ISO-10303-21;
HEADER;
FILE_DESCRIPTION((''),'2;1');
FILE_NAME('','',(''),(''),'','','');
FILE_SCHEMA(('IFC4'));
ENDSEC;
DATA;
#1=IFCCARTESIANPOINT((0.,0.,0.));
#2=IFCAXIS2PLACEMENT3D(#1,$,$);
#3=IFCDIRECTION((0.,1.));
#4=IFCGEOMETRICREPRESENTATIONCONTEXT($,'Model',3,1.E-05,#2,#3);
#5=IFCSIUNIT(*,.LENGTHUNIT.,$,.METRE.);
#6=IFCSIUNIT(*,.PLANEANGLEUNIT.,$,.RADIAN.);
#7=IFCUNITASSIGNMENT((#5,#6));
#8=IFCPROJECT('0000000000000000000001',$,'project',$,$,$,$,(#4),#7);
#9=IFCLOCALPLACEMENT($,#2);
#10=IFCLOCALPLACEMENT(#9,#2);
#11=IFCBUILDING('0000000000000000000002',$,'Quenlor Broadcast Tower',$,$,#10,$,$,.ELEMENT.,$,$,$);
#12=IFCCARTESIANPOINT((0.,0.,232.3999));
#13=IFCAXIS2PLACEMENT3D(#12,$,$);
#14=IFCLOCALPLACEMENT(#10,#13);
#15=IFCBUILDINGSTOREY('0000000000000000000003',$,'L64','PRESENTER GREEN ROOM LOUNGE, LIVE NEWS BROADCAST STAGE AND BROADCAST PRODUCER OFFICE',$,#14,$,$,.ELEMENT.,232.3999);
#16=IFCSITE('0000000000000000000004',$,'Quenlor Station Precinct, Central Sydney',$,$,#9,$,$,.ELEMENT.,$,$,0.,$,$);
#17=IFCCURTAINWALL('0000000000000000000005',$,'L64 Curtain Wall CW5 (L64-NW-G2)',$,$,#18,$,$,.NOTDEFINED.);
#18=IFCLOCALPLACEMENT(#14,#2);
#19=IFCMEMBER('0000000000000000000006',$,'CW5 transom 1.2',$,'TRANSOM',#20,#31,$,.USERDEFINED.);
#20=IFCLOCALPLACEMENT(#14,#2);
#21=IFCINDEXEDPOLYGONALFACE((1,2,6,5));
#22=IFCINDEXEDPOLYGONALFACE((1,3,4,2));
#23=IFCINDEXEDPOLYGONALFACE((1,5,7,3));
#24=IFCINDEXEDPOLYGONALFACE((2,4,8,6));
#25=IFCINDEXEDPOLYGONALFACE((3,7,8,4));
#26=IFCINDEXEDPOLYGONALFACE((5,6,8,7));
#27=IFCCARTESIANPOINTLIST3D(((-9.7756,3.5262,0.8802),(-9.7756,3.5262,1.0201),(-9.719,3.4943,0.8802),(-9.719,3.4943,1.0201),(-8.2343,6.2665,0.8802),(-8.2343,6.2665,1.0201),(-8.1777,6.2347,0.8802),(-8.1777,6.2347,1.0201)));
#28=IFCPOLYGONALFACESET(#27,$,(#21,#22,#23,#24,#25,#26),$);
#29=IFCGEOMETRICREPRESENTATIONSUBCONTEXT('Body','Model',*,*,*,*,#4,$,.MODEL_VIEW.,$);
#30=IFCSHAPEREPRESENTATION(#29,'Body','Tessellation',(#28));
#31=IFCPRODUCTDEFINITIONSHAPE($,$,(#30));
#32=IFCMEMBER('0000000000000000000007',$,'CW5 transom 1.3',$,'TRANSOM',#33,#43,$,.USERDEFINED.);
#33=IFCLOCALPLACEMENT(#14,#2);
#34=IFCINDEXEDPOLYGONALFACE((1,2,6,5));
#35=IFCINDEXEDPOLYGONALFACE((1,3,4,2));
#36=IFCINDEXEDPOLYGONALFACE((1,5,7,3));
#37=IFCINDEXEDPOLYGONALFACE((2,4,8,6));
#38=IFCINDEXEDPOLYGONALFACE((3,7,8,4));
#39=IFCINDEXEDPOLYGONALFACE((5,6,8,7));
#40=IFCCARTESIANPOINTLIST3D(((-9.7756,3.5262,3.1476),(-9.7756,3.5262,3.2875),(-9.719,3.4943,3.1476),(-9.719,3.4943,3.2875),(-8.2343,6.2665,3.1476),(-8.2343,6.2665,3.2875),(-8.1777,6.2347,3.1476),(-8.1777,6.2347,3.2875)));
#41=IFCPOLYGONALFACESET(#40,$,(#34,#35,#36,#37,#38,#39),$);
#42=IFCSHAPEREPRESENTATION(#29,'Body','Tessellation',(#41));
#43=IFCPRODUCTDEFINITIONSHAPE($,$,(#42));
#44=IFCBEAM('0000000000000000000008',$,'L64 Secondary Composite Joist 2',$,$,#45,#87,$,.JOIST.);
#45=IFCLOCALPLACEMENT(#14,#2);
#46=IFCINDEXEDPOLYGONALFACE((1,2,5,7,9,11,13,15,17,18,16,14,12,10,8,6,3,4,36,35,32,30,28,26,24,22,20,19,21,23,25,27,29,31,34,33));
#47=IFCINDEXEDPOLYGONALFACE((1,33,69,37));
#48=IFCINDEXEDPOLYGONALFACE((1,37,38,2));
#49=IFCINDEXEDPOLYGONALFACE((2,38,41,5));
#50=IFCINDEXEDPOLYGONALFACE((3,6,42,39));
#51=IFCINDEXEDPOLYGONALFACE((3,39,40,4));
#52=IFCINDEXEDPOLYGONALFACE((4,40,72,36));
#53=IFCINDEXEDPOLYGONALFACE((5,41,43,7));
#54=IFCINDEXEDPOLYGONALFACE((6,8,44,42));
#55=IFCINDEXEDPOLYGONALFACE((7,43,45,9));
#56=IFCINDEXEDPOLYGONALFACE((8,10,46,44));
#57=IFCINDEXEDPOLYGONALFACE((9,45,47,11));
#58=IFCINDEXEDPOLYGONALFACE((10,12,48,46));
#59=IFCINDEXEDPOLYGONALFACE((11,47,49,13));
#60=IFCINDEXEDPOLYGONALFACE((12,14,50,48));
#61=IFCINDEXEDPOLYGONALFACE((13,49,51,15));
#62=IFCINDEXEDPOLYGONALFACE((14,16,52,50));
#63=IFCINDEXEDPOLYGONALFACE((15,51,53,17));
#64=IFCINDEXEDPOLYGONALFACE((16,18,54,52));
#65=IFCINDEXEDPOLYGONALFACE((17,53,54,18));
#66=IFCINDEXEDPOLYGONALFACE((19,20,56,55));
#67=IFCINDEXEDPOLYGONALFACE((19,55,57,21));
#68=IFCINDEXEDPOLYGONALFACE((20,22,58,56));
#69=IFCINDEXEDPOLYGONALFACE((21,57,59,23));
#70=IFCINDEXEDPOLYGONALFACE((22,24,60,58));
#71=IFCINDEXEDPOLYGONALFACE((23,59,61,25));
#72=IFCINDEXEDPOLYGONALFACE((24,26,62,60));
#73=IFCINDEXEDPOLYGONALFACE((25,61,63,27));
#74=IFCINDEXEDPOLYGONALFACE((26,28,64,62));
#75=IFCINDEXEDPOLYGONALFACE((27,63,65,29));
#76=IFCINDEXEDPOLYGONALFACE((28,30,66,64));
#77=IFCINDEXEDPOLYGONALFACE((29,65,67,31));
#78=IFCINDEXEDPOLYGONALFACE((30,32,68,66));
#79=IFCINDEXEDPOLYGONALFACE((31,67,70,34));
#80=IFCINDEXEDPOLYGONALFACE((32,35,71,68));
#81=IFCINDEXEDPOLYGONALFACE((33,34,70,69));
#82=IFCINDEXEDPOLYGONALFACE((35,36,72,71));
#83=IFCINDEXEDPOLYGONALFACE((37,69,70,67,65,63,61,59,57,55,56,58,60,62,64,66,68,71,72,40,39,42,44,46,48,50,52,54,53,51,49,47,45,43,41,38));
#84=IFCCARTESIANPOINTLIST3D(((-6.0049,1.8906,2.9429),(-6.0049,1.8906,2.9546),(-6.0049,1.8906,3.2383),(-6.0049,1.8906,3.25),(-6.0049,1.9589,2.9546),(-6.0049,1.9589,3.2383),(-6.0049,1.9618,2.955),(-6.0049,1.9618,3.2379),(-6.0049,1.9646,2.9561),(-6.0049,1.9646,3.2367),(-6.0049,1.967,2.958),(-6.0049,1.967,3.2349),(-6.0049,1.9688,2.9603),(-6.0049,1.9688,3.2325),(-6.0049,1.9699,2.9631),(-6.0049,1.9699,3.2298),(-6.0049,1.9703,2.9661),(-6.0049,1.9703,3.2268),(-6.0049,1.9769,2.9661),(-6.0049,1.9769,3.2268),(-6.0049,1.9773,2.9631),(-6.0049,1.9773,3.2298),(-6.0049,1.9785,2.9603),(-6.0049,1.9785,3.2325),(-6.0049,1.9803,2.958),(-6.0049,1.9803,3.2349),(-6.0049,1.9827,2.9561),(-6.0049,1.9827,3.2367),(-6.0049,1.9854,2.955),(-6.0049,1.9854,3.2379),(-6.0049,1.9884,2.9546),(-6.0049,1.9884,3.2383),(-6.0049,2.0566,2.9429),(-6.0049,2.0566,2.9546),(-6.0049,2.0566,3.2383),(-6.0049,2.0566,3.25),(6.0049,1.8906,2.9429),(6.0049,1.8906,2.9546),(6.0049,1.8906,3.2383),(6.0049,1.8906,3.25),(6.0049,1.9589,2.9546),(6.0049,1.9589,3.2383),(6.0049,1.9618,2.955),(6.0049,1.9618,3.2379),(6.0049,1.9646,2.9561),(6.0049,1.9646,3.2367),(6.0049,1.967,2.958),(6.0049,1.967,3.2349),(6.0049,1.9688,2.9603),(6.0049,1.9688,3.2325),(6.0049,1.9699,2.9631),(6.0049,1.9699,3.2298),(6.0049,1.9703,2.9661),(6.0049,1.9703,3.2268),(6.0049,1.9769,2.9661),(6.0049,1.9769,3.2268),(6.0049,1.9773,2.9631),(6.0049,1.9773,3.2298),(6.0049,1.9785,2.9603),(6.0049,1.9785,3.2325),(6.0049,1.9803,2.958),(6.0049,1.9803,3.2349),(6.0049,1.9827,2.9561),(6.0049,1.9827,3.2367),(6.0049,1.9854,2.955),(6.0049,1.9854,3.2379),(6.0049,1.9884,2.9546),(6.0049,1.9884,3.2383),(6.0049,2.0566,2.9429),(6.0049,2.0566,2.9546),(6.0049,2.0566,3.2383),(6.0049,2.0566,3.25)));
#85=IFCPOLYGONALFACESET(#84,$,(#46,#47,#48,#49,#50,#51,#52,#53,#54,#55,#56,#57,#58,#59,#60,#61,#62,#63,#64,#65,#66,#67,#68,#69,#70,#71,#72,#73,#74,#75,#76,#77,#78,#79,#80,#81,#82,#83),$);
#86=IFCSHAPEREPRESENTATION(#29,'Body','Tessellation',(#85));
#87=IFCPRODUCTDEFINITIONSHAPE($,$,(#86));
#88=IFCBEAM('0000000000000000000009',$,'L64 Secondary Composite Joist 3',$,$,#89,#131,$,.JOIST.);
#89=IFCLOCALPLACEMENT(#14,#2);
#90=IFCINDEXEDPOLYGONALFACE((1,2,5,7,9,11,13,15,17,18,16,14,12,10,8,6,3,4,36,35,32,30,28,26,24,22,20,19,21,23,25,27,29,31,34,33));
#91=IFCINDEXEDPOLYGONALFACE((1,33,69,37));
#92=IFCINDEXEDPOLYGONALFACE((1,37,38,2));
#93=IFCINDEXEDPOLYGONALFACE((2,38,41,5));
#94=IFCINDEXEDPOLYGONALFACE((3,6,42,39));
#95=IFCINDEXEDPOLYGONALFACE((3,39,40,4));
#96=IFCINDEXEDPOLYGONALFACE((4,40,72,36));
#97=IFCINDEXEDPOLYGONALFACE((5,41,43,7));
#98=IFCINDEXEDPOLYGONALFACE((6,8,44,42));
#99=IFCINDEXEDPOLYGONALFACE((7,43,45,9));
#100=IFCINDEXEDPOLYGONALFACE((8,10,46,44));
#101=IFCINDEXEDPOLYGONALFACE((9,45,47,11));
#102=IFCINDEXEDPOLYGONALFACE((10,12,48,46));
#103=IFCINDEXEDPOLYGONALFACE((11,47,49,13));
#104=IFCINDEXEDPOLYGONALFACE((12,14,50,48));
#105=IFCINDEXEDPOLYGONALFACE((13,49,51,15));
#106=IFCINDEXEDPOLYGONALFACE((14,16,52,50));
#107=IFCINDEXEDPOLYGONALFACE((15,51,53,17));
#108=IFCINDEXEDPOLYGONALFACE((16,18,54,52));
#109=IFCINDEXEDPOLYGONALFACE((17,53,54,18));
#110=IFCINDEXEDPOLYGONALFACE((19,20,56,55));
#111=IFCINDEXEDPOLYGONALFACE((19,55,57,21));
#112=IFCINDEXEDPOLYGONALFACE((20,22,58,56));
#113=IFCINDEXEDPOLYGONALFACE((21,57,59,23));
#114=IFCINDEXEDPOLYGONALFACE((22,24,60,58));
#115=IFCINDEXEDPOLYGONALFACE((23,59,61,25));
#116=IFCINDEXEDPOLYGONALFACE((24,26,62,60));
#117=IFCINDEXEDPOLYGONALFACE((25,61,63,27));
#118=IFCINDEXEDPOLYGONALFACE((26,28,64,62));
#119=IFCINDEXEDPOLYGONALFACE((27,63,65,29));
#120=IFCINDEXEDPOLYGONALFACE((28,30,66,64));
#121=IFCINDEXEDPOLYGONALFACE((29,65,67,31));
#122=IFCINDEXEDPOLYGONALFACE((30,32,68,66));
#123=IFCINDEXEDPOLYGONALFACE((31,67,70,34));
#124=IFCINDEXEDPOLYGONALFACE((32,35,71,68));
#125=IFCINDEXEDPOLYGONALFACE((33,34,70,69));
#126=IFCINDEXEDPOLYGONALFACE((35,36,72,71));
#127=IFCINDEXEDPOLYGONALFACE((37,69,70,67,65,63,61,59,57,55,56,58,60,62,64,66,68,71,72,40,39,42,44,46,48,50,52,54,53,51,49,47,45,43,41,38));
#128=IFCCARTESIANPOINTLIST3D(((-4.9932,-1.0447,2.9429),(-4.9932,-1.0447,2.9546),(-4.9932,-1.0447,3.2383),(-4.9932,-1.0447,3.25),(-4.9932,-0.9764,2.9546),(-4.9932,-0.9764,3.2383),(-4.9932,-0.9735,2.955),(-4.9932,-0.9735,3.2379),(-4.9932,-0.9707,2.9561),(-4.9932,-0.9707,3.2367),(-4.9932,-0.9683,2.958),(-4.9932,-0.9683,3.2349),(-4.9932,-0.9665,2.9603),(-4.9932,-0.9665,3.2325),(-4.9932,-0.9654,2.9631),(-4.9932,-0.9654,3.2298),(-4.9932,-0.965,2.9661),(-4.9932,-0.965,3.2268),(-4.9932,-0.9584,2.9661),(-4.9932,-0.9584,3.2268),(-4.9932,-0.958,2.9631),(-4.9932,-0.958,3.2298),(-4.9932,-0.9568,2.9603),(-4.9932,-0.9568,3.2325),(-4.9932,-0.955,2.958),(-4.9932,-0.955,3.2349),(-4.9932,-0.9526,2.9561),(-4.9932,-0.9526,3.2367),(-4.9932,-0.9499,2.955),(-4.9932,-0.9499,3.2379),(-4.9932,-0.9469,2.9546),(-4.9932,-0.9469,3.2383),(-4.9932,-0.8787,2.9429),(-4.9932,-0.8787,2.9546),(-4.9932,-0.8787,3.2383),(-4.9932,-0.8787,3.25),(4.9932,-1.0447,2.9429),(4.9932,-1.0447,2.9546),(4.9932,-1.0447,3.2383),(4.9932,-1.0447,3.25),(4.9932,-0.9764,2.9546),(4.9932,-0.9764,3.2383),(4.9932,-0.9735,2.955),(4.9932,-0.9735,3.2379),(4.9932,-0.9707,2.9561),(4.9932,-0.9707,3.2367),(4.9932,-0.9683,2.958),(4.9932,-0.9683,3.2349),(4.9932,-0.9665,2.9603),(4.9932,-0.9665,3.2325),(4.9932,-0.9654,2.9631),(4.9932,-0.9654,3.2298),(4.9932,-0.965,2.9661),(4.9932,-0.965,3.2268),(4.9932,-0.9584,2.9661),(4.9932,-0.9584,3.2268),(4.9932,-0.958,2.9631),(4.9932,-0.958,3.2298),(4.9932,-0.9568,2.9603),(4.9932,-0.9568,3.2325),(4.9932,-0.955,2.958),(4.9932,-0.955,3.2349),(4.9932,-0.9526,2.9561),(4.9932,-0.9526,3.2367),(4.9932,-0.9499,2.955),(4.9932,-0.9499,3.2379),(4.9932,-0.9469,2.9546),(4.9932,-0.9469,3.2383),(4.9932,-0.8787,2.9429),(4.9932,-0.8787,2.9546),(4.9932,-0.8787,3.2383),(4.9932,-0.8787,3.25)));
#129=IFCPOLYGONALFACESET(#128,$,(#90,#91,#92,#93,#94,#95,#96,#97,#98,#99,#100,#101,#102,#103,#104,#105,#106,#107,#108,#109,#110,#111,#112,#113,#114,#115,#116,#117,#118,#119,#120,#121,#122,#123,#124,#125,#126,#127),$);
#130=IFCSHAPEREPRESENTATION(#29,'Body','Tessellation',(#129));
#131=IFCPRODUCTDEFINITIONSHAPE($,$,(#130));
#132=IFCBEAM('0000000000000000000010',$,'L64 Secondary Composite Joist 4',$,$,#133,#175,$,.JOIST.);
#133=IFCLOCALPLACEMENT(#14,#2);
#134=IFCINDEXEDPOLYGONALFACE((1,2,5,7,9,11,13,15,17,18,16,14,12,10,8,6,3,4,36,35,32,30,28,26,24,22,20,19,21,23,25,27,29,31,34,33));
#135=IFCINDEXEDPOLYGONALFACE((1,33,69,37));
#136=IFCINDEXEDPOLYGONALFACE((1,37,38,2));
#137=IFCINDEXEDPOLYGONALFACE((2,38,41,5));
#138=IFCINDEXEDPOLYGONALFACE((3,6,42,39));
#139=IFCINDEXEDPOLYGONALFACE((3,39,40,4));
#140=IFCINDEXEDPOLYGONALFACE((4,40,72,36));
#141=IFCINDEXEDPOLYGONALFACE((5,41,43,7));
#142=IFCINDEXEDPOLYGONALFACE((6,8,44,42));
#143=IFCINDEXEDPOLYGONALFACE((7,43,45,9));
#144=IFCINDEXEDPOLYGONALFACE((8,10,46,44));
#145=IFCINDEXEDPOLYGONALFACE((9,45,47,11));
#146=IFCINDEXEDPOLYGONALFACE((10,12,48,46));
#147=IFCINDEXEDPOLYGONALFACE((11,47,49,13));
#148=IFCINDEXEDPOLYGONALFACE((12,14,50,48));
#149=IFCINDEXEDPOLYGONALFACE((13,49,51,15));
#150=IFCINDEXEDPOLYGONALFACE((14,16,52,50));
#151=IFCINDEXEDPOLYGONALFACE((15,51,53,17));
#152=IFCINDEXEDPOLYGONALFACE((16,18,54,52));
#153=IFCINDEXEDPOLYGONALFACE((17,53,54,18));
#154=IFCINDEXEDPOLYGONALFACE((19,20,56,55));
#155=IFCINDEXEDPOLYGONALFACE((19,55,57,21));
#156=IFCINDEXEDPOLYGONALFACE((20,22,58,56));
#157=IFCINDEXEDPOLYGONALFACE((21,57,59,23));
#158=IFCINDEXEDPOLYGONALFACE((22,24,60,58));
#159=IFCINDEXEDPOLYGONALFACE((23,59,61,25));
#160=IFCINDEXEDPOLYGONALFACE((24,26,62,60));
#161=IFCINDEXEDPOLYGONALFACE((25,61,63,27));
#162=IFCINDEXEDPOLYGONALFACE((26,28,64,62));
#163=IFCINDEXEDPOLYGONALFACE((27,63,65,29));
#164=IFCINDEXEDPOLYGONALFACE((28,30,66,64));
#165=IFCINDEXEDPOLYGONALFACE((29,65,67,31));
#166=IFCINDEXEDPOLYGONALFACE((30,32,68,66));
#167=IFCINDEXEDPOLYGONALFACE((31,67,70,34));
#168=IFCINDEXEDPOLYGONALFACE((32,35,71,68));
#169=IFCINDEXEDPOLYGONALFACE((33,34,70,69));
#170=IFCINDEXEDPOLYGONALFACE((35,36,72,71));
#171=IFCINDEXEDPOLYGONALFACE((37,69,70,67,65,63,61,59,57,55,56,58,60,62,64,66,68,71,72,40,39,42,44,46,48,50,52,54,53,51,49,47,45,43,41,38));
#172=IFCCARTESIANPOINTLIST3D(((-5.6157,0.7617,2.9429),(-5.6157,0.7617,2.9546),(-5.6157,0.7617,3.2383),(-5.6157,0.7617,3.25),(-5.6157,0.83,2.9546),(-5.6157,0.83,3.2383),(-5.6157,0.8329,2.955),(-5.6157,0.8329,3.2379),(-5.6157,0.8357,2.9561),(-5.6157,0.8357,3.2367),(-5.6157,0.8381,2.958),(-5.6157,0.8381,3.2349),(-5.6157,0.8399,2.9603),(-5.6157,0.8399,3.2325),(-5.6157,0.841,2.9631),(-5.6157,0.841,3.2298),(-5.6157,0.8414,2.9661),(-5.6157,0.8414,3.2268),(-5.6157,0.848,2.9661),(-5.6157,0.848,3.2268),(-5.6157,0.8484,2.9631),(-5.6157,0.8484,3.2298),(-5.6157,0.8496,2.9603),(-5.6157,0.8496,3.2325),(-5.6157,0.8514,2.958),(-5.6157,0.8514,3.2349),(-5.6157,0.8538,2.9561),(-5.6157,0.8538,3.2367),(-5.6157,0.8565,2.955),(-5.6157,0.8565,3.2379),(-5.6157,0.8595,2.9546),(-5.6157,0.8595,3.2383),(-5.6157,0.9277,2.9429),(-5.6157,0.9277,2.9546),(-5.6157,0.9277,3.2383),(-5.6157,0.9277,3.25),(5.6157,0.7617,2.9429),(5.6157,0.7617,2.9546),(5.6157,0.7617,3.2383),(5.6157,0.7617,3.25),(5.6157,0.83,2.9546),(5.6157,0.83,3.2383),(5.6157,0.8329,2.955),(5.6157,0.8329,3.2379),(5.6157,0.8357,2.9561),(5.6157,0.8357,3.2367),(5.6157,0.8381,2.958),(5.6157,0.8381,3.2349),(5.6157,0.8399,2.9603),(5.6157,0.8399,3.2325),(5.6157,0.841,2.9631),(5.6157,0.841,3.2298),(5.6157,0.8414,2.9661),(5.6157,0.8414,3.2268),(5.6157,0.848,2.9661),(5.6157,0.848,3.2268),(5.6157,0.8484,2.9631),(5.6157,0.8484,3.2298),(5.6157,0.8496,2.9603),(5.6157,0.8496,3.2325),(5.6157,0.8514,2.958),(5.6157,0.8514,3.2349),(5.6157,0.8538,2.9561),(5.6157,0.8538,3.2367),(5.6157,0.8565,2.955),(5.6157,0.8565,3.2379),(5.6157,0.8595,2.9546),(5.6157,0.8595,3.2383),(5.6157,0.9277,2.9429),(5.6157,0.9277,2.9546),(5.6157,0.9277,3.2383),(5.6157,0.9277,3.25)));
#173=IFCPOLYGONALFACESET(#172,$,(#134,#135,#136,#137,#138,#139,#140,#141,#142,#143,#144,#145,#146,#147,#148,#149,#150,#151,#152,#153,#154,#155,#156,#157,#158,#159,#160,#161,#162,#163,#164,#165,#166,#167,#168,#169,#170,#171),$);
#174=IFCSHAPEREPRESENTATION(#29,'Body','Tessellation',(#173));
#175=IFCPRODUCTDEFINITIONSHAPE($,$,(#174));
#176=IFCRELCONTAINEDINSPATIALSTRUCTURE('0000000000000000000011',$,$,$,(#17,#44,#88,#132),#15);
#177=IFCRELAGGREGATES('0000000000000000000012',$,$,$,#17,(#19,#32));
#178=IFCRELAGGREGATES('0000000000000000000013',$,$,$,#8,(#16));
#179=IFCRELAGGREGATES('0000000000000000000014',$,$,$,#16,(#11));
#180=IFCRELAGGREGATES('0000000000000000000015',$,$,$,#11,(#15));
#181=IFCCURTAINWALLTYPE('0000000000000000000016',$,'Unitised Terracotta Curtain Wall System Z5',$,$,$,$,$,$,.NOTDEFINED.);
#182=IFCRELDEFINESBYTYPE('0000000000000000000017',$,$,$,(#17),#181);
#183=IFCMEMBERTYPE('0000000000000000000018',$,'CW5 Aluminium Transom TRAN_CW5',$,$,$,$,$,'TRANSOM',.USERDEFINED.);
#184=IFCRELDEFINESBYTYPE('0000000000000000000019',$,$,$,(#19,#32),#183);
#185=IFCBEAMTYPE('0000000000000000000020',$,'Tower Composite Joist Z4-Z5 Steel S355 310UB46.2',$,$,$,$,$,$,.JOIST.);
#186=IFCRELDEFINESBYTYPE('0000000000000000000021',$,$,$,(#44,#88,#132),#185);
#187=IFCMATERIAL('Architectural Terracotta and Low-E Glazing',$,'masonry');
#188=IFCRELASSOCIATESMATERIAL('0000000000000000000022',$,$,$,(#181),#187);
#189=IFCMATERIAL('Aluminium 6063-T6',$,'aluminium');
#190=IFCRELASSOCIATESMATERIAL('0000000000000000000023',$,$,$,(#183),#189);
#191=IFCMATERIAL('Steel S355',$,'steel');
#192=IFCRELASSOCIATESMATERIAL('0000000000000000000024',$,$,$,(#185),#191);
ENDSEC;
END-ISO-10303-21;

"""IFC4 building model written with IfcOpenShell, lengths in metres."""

from ifc_helpers import new_model, si_unit, direction, frame, origin, origin_2d, place, context, subcontext, project, spatial, rectangle, i_section, extrude, material, material_profile, profile_set, type_object, element, aggregate, save


model = new_model("IFC4")

# Units and contexts
model_context = context("Model", 3, precision=1e-05, world=origin(), true_north=direction((0.0, 1.0)))
body_context = subcontext(model_context, "Body", "Model", "MODEL_VIEW")
ifc_project = project(units=[si_unit("LENGTHUNIT", "METRE"), si_unit("PLANEANGLEUNIT", "RADIAN")], contexts=[model_context])

# Site, building, storey
site_placement = place(None, origin())
site = spatial("IfcSite", under=ifc_project, at=site_placement, Name="Quenlor Station Precinct, Central Sydney", CompositionType="ELEMENT", RefElevation=0.0)
building_placement = place(site_placement, origin())
building = spatial("IfcBuilding", under=site, at=building_placement, Name="Quenlor Broadcast Tower", CompositionType="ELEMENT")
storey_placement = place(building_placement, frame((0.0, 0.0, 232.3999)))
storey = spatial("IfcBuildingStorey", under=building, at=storey_placement, Name="L64", Description="PRESENTER GREEN ROOM LOUNGE, LIVE NEWS BROADCAST STAGE AND BROADCAST PRODUCER OFFICE", CompositionType="ELEMENT", Elevation=232.3999)

# Curtain wall, members
ifc_material_1 = material(Name="Architectural Terracotta and Low-E Glazing", Category="masonry")
curtain_wall_type = type_object("IfcCurtainWallType", Name="Unitised Terracotta Curtain Wall System Z5", PredefinedType="NOTDEFINED", material=ifc_material_1)
curtain_wall_placement = place(storey_placement, origin())
curtain_wall = element("IfcCurtainWall", 1, at=curtain_wall_placement, inside=storey, type_object=curtain_wall_type, Name="L64 Curtain Wall CW5 (L64-NW-G2)", PredefinedType="NOTDEFINED")
ifc_material_2 = material(Name="Aluminium 6063-T6", Category="aluminium")
ifc_material_profile_1 = material_profile(ifc_material_2, rectangle(XDim=0.0649, YDim=0.1399, at=origin_2d()))
ifc_profile_set_1 = profile_set([ifc_material_profile_1], Name="Aluminium 6063-T6 TRAN65x140")
member_type = type_object("IfcMemberType", Name="CW5 Aluminium Transom TRAN_CW5", ElementType="TRANSOM", PredefinedType="USERDEFINED", material=ifc_profile_set_1)
member_1_placement = place(storey_placement, frame((-9.7473, 3.5103, 0.9502), z_axis=(0.490232, 0.871592, 0.0), x_axis=(-0.871592, 0.490232, 0.0)))
member_1 = element("IfcMember", 2, at=member_1_placement, type_object=member_type, Name="CW5 transom 1.2", ObjectType="TRANSOM", PredefinedType="USERDEFINED", context=body_context, shape_type="SweptSolid", body=[
    extrude(rectangle(XDim=0.0649, YDim=0.1399, at=origin_2d()), origin(), (0.0, 0.0, 1.0), 3.144),
])
member_2_placement = place(storey_placement, frame((-9.7473, 3.5103, 3.2175), z_axis=(0.490232, 0.871592, 0.0), x_axis=(-0.871592, 0.490232, 0.0)))
member_2 = element("IfcMember", 3, at=member_2_placement, type_object=member_type, Name="CW5 transom 1.3", ObjectType="TRANSOM", PredefinedType="USERDEFINED", context=body_context, shape_type="SweptSolid", body=[
    extrude(rectangle(XDim=0.0649, YDim=0.1399, at=origin_2d()), origin(), (0.0, 0.0, 1.0), 3.144),
])
aggregate(curtain_wall, [member_1, member_2])

# Beams
ifc_material_3 = material(Name="Steel S355", Category="steel")
ifc_material_profile_2 = material_profile(ifc_material_3, i_section(OverallWidth=0.166, OverallDepth=0.3071, WebThickness=0.0066, FlangeThickness=0.0117, FilletRadius=0.0115, at=origin_2d()))
ifc_profile_set_2 = profile_set([ifc_material_profile_2], Name="Steel S355 310UB46.2")
beam_type = type_object("IfcBeamType", Name="Tower Composite Joist Z4-Z5 Steel S355 310UB46.2", PredefinedType="JOIST", material=ifc_profile_set_2)
beam_1_placement = place(storey_placement, frame((-6.0049, 1.9736, 3.0964), z_axis=(1.0, 0.0, 0.0), x_axis=(0.0, 1.0, 0.0)))
element("IfcBeam", 4, at=beam_1_placement, inside=storey, type_object=beam_type, Name="L64 Secondary Composite Joist 2", PredefinedType="JOIST", context=body_context, shape_type="SweptSolid", body=[
    extrude(i_section(OverallWidth=0.166, OverallDepth=0.3071, WebThickness=0.0066, FlangeThickness=0.0117, FilletRadius=0.0115, at=origin_2d()), origin(), (0.0, 0.0, 1.0), 12.0098),
])
beam_2_placement = place(storey_placement, frame((-4.9932, -0.9617, 3.0964), z_axis=(1.0, 0.0, 0.0), x_axis=(0.0, 1.0, 0.0)))
element("IfcBeam", 5, at=beam_2_placement, inside=storey, type_object=beam_type, Name="L64 Secondary Composite Joist 3", PredefinedType="JOIST", context=body_context, shape_type="SweptSolid", body=[
    extrude(i_section(OverallWidth=0.166, OverallDepth=0.3071, WebThickness=0.0066, FlangeThickness=0.0117, FilletRadius=0.0115, at=origin_2d()), origin(), (0.0, 0.0, 1.0), 9.9863),
])
beam_3_placement = place(storey_placement, frame((-5.6157, 0.8447, 3.0964), z_axis=(1.0, 0.0, 0.0), x_axis=(0.0, 1.0, 0.0)))
element("IfcBeam", 6, at=beam_3_placement, inside=storey, type_object=beam_type, Name="L64 Secondary Composite Joist 4", PredefinedType="JOIST", context=body_context, shape_type="SweptSolid", body=[
    extrude(i_section(OverallWidth=0.166, OverallDepth=0.3071, WebThickness=0.0066, FlangeThickness=0.0117, FilletRadius=0.0115, at=origin_2d()), origin(), (0.0, 0.0, 1.0), 11.2314),
])

save(model, "model.ifc")
